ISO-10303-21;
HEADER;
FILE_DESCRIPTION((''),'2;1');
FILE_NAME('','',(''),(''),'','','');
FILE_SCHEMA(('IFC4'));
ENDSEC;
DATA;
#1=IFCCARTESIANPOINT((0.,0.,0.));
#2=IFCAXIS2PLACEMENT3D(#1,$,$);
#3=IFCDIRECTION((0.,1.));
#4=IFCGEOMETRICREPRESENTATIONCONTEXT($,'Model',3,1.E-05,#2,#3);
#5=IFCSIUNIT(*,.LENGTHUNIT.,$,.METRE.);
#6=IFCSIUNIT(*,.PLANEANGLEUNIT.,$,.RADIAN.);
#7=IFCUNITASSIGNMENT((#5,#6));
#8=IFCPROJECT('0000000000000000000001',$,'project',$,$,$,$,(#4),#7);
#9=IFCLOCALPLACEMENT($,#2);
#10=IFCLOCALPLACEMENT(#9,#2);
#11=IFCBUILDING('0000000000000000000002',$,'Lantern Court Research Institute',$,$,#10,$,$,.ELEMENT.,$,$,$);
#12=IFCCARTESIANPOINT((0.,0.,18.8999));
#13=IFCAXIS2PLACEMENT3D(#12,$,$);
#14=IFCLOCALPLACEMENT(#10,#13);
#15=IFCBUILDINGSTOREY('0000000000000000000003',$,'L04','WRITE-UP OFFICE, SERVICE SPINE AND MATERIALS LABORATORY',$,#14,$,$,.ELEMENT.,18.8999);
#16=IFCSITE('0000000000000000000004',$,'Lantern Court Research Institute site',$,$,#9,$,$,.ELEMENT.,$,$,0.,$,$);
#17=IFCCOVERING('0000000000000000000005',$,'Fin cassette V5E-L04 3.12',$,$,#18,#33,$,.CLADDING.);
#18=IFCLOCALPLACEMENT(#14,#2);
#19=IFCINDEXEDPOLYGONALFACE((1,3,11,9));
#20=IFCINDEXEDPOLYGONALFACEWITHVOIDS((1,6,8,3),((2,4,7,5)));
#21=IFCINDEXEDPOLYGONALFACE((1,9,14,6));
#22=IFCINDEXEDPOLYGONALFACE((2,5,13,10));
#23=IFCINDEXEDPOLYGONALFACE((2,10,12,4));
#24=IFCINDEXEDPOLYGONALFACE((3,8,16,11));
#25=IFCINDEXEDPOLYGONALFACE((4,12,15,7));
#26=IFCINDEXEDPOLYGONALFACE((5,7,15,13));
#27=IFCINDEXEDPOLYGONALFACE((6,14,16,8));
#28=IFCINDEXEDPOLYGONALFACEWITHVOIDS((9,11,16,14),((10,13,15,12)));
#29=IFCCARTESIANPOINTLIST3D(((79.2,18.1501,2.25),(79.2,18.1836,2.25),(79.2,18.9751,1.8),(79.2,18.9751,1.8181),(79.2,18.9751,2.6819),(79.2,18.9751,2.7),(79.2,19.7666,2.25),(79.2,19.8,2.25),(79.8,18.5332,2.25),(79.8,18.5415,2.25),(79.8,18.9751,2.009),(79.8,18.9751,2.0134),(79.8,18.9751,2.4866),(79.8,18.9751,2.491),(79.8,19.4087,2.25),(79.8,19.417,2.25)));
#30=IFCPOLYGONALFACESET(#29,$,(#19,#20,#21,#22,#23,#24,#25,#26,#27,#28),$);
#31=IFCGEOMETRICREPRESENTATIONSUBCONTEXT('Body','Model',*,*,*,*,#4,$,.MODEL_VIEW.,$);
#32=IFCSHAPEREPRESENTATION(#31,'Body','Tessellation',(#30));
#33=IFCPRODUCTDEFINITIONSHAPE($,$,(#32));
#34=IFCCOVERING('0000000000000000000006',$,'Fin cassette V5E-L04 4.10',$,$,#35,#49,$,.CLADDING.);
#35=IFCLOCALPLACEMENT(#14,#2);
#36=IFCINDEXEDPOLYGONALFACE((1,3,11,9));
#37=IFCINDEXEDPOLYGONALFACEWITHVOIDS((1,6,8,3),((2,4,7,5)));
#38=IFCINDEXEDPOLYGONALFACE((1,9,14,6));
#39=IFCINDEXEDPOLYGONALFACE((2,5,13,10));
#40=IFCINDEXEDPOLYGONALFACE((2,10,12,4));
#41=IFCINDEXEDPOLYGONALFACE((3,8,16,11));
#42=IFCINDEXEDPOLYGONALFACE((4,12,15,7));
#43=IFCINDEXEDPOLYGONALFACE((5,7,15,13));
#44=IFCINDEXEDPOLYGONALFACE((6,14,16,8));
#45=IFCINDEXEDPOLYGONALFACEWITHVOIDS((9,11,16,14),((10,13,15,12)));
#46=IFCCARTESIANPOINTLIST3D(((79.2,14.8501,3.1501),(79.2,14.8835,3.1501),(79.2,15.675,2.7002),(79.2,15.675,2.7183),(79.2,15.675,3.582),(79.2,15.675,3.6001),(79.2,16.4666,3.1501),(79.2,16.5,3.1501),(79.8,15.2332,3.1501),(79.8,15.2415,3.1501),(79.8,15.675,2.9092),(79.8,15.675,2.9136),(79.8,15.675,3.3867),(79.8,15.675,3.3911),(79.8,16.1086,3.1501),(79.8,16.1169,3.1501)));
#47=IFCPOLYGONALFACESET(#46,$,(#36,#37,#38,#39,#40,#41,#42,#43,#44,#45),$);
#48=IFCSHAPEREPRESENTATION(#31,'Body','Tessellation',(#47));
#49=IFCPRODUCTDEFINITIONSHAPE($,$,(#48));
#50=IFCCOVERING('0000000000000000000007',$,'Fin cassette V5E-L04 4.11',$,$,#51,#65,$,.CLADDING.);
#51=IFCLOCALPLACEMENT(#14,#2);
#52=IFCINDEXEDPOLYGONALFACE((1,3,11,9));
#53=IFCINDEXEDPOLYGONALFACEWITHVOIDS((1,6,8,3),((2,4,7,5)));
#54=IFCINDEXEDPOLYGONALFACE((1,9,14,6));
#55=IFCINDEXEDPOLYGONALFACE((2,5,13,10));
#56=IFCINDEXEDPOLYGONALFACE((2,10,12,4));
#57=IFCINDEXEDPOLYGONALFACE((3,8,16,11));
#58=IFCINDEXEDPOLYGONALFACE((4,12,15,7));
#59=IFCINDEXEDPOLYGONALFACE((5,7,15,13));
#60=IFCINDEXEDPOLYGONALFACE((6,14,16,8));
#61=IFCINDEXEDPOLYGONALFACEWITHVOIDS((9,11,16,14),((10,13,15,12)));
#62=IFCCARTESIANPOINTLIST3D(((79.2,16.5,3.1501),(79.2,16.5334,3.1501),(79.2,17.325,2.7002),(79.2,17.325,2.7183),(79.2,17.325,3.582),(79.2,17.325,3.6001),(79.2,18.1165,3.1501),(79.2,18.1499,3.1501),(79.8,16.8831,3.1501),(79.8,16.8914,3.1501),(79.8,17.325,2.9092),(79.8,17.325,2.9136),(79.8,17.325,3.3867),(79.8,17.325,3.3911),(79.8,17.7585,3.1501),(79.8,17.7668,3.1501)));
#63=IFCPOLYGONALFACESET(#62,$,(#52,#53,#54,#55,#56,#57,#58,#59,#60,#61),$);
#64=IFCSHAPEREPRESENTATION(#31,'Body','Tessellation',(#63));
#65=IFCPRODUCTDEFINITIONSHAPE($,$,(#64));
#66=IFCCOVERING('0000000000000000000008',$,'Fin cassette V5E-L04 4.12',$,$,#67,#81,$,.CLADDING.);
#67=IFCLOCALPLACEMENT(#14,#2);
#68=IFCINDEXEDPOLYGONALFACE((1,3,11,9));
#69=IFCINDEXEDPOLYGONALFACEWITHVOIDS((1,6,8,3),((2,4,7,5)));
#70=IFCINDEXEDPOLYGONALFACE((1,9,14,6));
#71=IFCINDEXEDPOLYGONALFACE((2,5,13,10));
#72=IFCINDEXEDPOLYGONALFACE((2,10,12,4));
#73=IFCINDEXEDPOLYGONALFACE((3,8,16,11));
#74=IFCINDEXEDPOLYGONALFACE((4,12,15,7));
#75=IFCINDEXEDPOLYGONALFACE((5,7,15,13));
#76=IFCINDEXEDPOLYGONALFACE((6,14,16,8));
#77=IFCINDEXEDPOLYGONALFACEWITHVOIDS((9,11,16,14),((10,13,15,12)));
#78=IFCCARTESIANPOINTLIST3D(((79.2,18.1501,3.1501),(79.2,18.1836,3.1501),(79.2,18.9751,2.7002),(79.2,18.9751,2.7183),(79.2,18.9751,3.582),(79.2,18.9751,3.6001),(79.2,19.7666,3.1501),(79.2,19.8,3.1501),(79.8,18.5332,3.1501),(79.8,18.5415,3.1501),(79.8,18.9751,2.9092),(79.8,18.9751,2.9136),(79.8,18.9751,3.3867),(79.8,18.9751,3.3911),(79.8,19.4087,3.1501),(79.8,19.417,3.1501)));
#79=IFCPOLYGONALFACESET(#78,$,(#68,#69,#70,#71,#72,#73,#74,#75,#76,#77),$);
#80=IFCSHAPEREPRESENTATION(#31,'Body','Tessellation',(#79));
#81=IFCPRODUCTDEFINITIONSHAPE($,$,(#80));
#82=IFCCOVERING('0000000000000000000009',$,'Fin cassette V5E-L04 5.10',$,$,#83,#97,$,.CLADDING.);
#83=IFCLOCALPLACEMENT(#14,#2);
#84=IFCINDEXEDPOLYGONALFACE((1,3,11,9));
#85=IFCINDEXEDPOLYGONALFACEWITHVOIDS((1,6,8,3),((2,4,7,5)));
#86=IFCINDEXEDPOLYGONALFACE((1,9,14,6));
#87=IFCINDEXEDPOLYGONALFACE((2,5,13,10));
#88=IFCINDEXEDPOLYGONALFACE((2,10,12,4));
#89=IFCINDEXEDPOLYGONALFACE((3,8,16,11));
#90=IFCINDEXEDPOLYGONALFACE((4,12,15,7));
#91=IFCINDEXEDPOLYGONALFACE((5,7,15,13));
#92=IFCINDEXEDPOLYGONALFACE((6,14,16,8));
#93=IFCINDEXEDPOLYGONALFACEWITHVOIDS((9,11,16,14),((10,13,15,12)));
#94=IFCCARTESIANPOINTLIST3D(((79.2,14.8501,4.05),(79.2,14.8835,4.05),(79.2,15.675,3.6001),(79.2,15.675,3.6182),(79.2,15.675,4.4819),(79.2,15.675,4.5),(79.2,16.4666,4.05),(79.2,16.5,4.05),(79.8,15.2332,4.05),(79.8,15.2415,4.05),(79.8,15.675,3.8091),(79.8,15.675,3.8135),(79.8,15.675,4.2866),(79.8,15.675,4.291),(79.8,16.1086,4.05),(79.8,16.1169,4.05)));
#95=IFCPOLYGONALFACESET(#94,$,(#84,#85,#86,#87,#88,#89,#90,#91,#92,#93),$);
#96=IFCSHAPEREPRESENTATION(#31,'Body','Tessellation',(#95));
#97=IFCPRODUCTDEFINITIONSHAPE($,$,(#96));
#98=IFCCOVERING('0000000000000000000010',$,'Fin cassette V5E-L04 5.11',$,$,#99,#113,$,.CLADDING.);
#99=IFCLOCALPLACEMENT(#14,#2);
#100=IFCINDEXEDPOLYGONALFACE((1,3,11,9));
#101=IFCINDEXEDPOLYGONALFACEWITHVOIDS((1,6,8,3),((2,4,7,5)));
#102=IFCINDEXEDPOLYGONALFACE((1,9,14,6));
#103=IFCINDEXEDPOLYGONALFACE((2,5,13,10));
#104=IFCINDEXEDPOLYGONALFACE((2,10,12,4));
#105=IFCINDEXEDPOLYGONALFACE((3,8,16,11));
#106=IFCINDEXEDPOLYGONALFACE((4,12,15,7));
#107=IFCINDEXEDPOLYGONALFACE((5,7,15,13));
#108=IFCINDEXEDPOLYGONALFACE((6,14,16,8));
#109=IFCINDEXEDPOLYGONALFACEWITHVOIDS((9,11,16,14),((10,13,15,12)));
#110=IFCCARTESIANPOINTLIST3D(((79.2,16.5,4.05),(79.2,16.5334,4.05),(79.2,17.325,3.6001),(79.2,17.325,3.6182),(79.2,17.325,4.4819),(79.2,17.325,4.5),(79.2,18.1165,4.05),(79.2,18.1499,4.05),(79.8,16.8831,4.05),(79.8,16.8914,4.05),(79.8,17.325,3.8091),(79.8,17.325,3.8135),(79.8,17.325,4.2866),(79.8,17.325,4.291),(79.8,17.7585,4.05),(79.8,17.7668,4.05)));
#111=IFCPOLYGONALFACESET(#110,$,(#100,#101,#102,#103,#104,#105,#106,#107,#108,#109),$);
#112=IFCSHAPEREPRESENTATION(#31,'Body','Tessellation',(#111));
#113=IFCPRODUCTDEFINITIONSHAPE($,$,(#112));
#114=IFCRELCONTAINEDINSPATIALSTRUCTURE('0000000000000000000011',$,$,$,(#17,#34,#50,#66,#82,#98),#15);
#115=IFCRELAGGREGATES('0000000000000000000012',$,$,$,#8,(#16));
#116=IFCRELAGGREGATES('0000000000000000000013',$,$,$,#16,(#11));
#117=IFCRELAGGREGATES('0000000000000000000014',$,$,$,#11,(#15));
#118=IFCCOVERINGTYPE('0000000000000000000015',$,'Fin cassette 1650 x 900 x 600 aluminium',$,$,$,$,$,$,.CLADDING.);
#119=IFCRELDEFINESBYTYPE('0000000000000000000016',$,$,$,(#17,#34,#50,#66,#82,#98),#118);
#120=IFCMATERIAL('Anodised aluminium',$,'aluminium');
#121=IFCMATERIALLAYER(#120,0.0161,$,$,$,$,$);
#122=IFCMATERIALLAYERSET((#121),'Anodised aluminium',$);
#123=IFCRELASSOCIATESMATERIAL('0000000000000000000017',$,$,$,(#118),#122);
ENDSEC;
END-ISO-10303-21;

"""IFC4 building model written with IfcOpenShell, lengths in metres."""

from ifc_helpers import new_model, entity, si_unit, direction, frame, origin, place, context, subcontext, project, spatial, material, layer, layer_set, type_object, element, save


model = new_model("IFC4")

# Units and contexts
model_context = context("Model", 3, precision=1e-05, world=origin(), true_north=direction((0.0, 1.0)))
body_context = subcontext(model_context, "Body", "Model", "MODEL_VIEW")
ifc_project = project(units=[si_unit("LENGTHUNIT", "METRE"), si_unit("PLANEANGLEUNIT", "RADIAN")], contexts=[model_context])

# Site, building, storey
site_placement = place(None, origin())
site = spatial("IfcSite", under=ifc_project, at=site_placement, Name="Lantern Court Research Institute site", CompositionType="ELEMENT", RefElevation=0.0)
building_placement = place(site_placement, origin())
building = spatial("IfcBuilding", under=site, at=building_placement, Name="Lantern Court Research Institute", CompositionType="ELEMENT")
storey_placement = place(building_placement, frame((0.0, 0.0, 18.8999)))
storey = spatial("IfcBuildingStorey", under=building, at=storey_placement, Name="L04", Description="WRITE-UP OFFICE, SERVICE SPINE AND MATERIALS LABORATORY", CompositionType="ELEMENT", Elevation=18.8999)

# Coverings
ifc_material_1 = material(Name="Anodised aluminium", Category="aluminium")
ifc_layer_1 = layer(ifc_material_1, 0.0161)
ifc_layer_set_1 = layer_set([ifc_layer_1], Name="Anodised aluminium")
covering_type = type_object("IfcCoveringType", Name="Fin cassette 1650 x 900 x 600 aluminium", PredefinedType="CLADDING", material=ifc_layer_set_1)
covering_1_placement = place(storey_placement, frame((79.2, 18.9751, 2.25), z_axis=(1.0, 0.0, 0.0), x_axis=(0.0, 1.0, 0.0)))
cartesian_point_1 = entity("IfcCartesianPoint", [0.825, 0.0])
cartesian_point_2 = entity("IfcCartesianPoint", [0.7915, 0.0])
cartesian_point_3 = entity("IfcCartesianPoint", [0.4419, 0.0])
cartesian_point_4 = entity("IfcCartesianPoint", [0.4336, 0.0])
element("IfcCovering", 1, at=covering_1_placement, inside=storey, type_object=covering_type, Name="Fin cassette V5E-L04 3.12", PredefinedType="CLADDING", context=body_context, shape_type="SweptSolid", body=[
    entity("IfcExtrudedAreaSolidTapered", entity("IfcArbitraryProfileDefWithVoids", "AREA", None, entity("IfcPolyline", [cartesian_point_1, entity("IfcCartesianPoint", [0.0, 0.45]), entity("IfcCartesianPoint", [-0.825, 0.0]), entity("IfcCartesianPoint", [0.0, -0.45]), cartesian_point_1]), [entity("IfcPolyline", [cartesian_point_2, entity("IfcCartesianPoint", [0.0, 0.4319]), entity("IfcCartesianPoint", [-0.7915, 0.0]), entity("IfcCartesianPoint", [0.0, -0.4319]), cartesian_point_2])]), entity("IfcAxis2Placement3D", entity("IfcCartesianPoint", [0.0, 0.0, 0.0])), entity("IfcDirection", [0.0, 0.0, 1.0]), 0.6001, entity("IfcArbitraryProfileDefWithVoids", "AREA", None, entity("IfcPolyline", [cartesian_point_3, entity("IfcCartesianPoint", [0.0, 0.241]), entity("IfcCartesianPoint", [-0.4419, 0.0]), entity("IfcCartesianPoint", [0.0, -0.241]), cartesian_point_3]), [entity("IfcPolyline", [cartesian_point_4, entity("IfcCartesianPoint", [0.0, 0.2366]), entity("IfcCartesianPoint", [-0.4336, 0.0]), entity("IfcCartesianPoint", [0.0, -0.2366]), cartesian_point_4])])),
])
covering_2_placement = place(storey_placement, frame((79.2, 15.675, 3.1501), z_axis=(1.0, 0.0, 0.0), x_axis=(0.0, 1.0, 0.0)))
cartesian_point_5 = entity("IfcCartesianPoint", [0.825, 0.0])
cartesian_point_6 = entity("IfcCartesianPoint", [0.7915, 0.0])
cartesian_point_7 = entity("IfcCartesianPoint", [0.4419, 0.0])
cartesian_point_8 = entity("IfcCartesianPoint", [0.4336, 0.0])
element("IfcCovering", 2, at=covering_2_placement, inside=storey, type_object=covering_type, Name="Fin cassette V5E-L04 4.10", PredefinedType="CLADDING", context=body_context, shape_type="SweptSolid", body=[
    entity("IfcExtrudedAreaSolidTapered", entity("IfcArbitraryProfileDefWithVoids", "AREA", None, entity("IfcPolyline", [cartesian_point_5, entity("IfcCartesianPoint", [0.0, 0.45]), entity("IfcCartesianPoint", [-0.825, 0.0]), entity("IfcCartesianPoint", [0.0, -0.45]), cartesian_point_5]), [entity("IfcPolyline", [cartesian_point_6, entity("IfcCartesianPoint", [0.0, 0.4319]), entity("IfcCartesianPoint", [-0.7915, 0.0]), entity("IfcCartesianPoint", [0.0, -0.4319]), cartesian_point_6])]), entity("IfcAxis2Placement3D", entity("IfcCartesianPoint", [0.0, 0.0, 0.0])), entity("IfcDirection", [0.0, 0.0, 1.0]), 0.6001, entity("IfcArbitraryProfileDefWithVoids", "AREA", None, entity("IfcPolyline", [cartesian_point_7, entity("IfcCartesianPoint", [0.0, 0.241]), entity("IfcCartesianPoint", [-0.4419, 0.0]), entity("IfcCartesianPoint", [0.0, -0.241]), cartesian_point_7]), [entity("IfcPolyline", [cartesian_point_8, entity("IfcCartesianPoint", [0.0, 0.2366]), entity("IfcCartesianPoint", [-0.4336, 0.0]), entity("IfcCartesianPoint", [0.0, -0.2366]), cartesian_point_8])])),
])
covering_3_placement = place(storey_placement, frame((79.2, 17.325, 3.1501), z_axis=(1.0, 0.0, 0.0), x_axis=(0.0, 1.0, 0.0)))
cartesian_point_9 = entity("IfcCartesianPoint", [0.825, 0.0])
cartesian_point_10 = entity("IfcCartesianPoint", [0.7915, 0.0])
cartesian_point_11 = entity("IfcCartesianPoint", [0.4419, 0.0])
cartesian_point_12 = entity("IfcCartesianPoint", [0.4336, 0.0])
element("IfcCovering", 3, at=covering_3_placement, inside=storey, type_object=covering_type, Name="Fin cassette V5E-L04 4.11", PredefinedType="CLADDING", context=body_context, shape_type="SweptSolid", body=[
    entity("IfcExtrudedAreaSolidTapered", entity("IfcArbitraryProfileDefWithVoids", "AREA", None, entity("IfcPolyline", [cartesian_point_9, entity("IfcCartesianPoint", [0.0, 0.45]), entity("IfcCartesianPoint", [-0.825, 0.0]), entity("IfcCartesianPoint", [0.0, -0.45]), cartesian_point_9]), [entity("IfcPolyline", [cartesian_point_10, entity("IfcCartesianPoint", [0.0, 0.4319]), entity("IfcCartesianPoint", [-0.7915, 0.0]), entity("IfcCartesianPoint", [0.0, -0.4319]), cartesian_point_10])]), entity("IfcAxis2Placement3D", entity("IfcCartesianPoint", [0.0, 0.0, 0.0])), entity("IfcDirection", [0.0, 0.0, 1.0]), 0.6001, entity("IfcArbitraryProfileDefWithVoids", "AREA", None, entity("IfcPolyline", [cartesian_point_11, entity("IfcCartesianPoint", [0.0, 0.241]), entity("IfcCartesianPoint", [-0.4419, 0.0]), entity("IfcCartesianPoint", [0.0, -0.241]), cartesian_point_11]), [entity("IfcPolyline", [cartesian_point_12, entity("IfcCartesianPoint", [0.0, 0.2366]), entity("IfcCartesianPoint", [-0.4336, 0.0]), entity("IfcCartesianPoint", [0.0, -0.2366]), cartesian_point_12])])),
])
covering_4_placement = place(storey_placement, frame((79.2, 18.9751, 3.1501), z_axis=(1.0, 0.0, 0.0), x_axis=(0.0, 1.0, 0.0)))
cartesian_point_13 = entity("IfcCartesianPoint", [0.825, 0.0])
cartesian_point_14 = entity("IfcCartesianPoint", [0.7915, 0.0])
cartesian_point_15 = entity("IfcCartesianPoint", [0.4419, 0.0])
cartesian_point_16 = entity("IfcCartesianPoint", [0.4336, 0.0])
element("IfcCovering", 4, at=covering_4_placement, inside=storey, type_object=covering_type, Name="Fin cassette V5E-L04 4.12", PredefinedType="CLADDING", context=body_context, shape_type="SweptSolid", body=[
    entity("IfcExtrudedAreaSolidTapered", entity("IfcArbitraryProfileDefWithVoids", "AREA", None, entity("IfcPolyline", [cartesian_point_13, entity("IfcCartesianPoint", [0.0, 0.45]), entity("IfcCartesianPoint", [-0.825, 0.0]), entity("IfcCartesianPoint", [0.0, -0.45]), cartesian_point_13]), [entity("IfcPolyline", [cartesian_point_14, entity("IfcCartesianPoint", [0.0, 0.4319]), entity("IfcCartesianPoint", [-0.7915, 0.0]), entity("IfcCartesianPoint", [0.0, -0.4319]), cartesian_point_14])]), entity("IfcAxis2Placement3D", entity("IfcCartesianPoint", [0.0, 0.0, 0.0])), entity("IfcDirection", [0.0, 0.0, 1.0]), 0.6001, entity("IfcArbitraryProfileDefWithVoids", "AREA", None, entity("IfcPolyline", [cartesian_point_15, entity("IfcCartesianPoint", [0.0, 0.241]), entity("IfcCartesianPoint", [-0.4419, 0.0]), entity("IfcCartesianPoint", [0.0, -0.241]), cartesian_point_15]), [entity("IfcPolyline", [cartesian_point_16, entity("IfcCartesianPoint", [0.0, 0.2366]), entity("IfcCartesianPoint", [-0.4336, 0.0]), entity("IfcCartesianPoint", [0.0, -0.2366]), cartesian_point_16])])),
])
covering_5_placement = place(storey_placement, frame((79.2, 15.675, 4.05), z_axis=(1.0, 0.0, 0.0), x_axis=(0.0, 1.0, 0.0)))
cartesian_point_17 = entity("IfcCartesianPoint", [0.825, 0.0])
cartesian_point_18 = entity("IfcCartesianPoint", [0.7915, 0.0])
cartesian_point_19 = entity("IfcCartesianPoint", [0.4419, 0.0])
cartesian_point_20 = entity("IfcCartesianPoint", [0.4336, 0.0])
element("IfcCovering", 5, at=covering_5_placement, inside=storey, type_object=covering_type, Name="Fin cassette V5E-L04 5.10", PredefinedType="CLADDING", context=body_context, shape_type="SweptSolid", body=[
    entity("IfcExtrudedAreaSolidTapered", entity("IfcArbitraryProfileDefWithVoids", "AREA", None, entity("IfcPolyline", [cartesian_point_17, entity("IfcCartesianPoint", [0.0, 0.45]), entity("IfcCartesianPoint", [-0.825, 0.0]), entity("IfcCartesianPoint", [0.0, -0.45]), cartesian_point_17]), [entity("IfcPolyline", [cartesian_point_18, entity("IfcCartesianPoint", [0.0, 0.4319]), entity("IfcCartesianPoint", [-0.7915, 0.0]), entity("IfcCartesianPoint", [0.0, -0.4319]), cartesian_point_18])]), entity("IfcAxis2Placement3D", entity("IfcCartesianPoint", [0.0, 0.0, 0.0])), entity("IfcDirection", [0.0, 0.0, 1.0]), 0.6001, entity("IfcArbitraryProfileDefWithVoids", "AREA", None, entity("IfcPolyline", [cartesian_point_19, entity("IfcCartesianPoint", [0.0, 0.241]), entity("IfcCartesianPoint", [-0.4419, 0.0]), entity("IfcCartesianPoint", [0.0, -0.241]), cartesian_point_19]), [entity("IfcPolyline", [cartesian_point_20, entity("IfcCartesianPoint", [0.0, 0.2366]), entity("IfcCartesianPoint", [-0.4336, 0.0]), entity("IfcCartesianPoint", [0.0, -0.2366]), cartesian_point_20])])),
])
covering_6_placement = place(storey_placement, frame((79.2, 17.325, 4.05), z_axis=(1.0, 0.0, 0.0), x_axis=(0.0, 1.0, 0.0)))
cartesian_point_21 = entity("IfcCartesianPoint", [0.825, 0.0])
cartesian_point_22 = entity("IfcCartesianPoint", [0.7915, 0.0])
cartesian_point_23 = entity("IfcCartesianPoint", [0.4419, 0.0])
cartesian_point_24 = entity("IfcCartesianPoint", [0.4336, 0.0])
element("IfcCovering", 6, at=covering_6_placement, inside=storey, type_object=covering_type, Name="Fin cassette V5E-L04 5.11", PredefinedType="CLADDING", context=body_context, shape_type="SweptSolid", body=[
    entity("IfcExtrudedAreaSolidTapered", entity("IfcArbitraryProfileDefWithVoids", "AREA", None, entity("IfcPolyline", [cartesian_point_21, entity("IfcCartesianPoint", [0.0, 0.45]), entity("IfcCartesianPoint", [-0.825, 0.0]), entity("IfcCartesianPoint", [0.0, -0.45]), cartesian_point_21]), [entity("IfcPolyline", [cartesian_point_22, entity("IfcCartesianPoint", [0.0, 0.4319]), entity("IfcCartesianPoint", [-0.7915, 0.0]), entity("IfcCartesianPoint", [0.0, -0.4319]), cartesian_point_22])]), entity("IfcAxis2Placement3D", entity("IfcCartesianPoint", [0.0, 0.0, 0.0])), entity("IfcDirection", [0.0, 0.0, 1.0]), 0.6001, entity("IfcArbitraryProfileDefWithVoids", "AREA", None, entity("IfcPolyline", [cartesian_point_23, entity("IfcCartesianPoint", [0.0, 0.241]), entity("IfcCartesianPoint", [-0.4419, 0.0]), entity("IfcCartesianPoint", [0.0, -0.241]), cartesian_point_23]), [entity("IfcPolyline", [cartesian_point_24, entity("IfcCartesianPoint", [0.0, 0.2366]), entity("IfcCartesianPoint", [-0.4336, 0.0]), entity("IfcCartesianPoint", [0.0, -0.2366]), cartesian_point_24])])),
])

save(model, "model.ifc")
